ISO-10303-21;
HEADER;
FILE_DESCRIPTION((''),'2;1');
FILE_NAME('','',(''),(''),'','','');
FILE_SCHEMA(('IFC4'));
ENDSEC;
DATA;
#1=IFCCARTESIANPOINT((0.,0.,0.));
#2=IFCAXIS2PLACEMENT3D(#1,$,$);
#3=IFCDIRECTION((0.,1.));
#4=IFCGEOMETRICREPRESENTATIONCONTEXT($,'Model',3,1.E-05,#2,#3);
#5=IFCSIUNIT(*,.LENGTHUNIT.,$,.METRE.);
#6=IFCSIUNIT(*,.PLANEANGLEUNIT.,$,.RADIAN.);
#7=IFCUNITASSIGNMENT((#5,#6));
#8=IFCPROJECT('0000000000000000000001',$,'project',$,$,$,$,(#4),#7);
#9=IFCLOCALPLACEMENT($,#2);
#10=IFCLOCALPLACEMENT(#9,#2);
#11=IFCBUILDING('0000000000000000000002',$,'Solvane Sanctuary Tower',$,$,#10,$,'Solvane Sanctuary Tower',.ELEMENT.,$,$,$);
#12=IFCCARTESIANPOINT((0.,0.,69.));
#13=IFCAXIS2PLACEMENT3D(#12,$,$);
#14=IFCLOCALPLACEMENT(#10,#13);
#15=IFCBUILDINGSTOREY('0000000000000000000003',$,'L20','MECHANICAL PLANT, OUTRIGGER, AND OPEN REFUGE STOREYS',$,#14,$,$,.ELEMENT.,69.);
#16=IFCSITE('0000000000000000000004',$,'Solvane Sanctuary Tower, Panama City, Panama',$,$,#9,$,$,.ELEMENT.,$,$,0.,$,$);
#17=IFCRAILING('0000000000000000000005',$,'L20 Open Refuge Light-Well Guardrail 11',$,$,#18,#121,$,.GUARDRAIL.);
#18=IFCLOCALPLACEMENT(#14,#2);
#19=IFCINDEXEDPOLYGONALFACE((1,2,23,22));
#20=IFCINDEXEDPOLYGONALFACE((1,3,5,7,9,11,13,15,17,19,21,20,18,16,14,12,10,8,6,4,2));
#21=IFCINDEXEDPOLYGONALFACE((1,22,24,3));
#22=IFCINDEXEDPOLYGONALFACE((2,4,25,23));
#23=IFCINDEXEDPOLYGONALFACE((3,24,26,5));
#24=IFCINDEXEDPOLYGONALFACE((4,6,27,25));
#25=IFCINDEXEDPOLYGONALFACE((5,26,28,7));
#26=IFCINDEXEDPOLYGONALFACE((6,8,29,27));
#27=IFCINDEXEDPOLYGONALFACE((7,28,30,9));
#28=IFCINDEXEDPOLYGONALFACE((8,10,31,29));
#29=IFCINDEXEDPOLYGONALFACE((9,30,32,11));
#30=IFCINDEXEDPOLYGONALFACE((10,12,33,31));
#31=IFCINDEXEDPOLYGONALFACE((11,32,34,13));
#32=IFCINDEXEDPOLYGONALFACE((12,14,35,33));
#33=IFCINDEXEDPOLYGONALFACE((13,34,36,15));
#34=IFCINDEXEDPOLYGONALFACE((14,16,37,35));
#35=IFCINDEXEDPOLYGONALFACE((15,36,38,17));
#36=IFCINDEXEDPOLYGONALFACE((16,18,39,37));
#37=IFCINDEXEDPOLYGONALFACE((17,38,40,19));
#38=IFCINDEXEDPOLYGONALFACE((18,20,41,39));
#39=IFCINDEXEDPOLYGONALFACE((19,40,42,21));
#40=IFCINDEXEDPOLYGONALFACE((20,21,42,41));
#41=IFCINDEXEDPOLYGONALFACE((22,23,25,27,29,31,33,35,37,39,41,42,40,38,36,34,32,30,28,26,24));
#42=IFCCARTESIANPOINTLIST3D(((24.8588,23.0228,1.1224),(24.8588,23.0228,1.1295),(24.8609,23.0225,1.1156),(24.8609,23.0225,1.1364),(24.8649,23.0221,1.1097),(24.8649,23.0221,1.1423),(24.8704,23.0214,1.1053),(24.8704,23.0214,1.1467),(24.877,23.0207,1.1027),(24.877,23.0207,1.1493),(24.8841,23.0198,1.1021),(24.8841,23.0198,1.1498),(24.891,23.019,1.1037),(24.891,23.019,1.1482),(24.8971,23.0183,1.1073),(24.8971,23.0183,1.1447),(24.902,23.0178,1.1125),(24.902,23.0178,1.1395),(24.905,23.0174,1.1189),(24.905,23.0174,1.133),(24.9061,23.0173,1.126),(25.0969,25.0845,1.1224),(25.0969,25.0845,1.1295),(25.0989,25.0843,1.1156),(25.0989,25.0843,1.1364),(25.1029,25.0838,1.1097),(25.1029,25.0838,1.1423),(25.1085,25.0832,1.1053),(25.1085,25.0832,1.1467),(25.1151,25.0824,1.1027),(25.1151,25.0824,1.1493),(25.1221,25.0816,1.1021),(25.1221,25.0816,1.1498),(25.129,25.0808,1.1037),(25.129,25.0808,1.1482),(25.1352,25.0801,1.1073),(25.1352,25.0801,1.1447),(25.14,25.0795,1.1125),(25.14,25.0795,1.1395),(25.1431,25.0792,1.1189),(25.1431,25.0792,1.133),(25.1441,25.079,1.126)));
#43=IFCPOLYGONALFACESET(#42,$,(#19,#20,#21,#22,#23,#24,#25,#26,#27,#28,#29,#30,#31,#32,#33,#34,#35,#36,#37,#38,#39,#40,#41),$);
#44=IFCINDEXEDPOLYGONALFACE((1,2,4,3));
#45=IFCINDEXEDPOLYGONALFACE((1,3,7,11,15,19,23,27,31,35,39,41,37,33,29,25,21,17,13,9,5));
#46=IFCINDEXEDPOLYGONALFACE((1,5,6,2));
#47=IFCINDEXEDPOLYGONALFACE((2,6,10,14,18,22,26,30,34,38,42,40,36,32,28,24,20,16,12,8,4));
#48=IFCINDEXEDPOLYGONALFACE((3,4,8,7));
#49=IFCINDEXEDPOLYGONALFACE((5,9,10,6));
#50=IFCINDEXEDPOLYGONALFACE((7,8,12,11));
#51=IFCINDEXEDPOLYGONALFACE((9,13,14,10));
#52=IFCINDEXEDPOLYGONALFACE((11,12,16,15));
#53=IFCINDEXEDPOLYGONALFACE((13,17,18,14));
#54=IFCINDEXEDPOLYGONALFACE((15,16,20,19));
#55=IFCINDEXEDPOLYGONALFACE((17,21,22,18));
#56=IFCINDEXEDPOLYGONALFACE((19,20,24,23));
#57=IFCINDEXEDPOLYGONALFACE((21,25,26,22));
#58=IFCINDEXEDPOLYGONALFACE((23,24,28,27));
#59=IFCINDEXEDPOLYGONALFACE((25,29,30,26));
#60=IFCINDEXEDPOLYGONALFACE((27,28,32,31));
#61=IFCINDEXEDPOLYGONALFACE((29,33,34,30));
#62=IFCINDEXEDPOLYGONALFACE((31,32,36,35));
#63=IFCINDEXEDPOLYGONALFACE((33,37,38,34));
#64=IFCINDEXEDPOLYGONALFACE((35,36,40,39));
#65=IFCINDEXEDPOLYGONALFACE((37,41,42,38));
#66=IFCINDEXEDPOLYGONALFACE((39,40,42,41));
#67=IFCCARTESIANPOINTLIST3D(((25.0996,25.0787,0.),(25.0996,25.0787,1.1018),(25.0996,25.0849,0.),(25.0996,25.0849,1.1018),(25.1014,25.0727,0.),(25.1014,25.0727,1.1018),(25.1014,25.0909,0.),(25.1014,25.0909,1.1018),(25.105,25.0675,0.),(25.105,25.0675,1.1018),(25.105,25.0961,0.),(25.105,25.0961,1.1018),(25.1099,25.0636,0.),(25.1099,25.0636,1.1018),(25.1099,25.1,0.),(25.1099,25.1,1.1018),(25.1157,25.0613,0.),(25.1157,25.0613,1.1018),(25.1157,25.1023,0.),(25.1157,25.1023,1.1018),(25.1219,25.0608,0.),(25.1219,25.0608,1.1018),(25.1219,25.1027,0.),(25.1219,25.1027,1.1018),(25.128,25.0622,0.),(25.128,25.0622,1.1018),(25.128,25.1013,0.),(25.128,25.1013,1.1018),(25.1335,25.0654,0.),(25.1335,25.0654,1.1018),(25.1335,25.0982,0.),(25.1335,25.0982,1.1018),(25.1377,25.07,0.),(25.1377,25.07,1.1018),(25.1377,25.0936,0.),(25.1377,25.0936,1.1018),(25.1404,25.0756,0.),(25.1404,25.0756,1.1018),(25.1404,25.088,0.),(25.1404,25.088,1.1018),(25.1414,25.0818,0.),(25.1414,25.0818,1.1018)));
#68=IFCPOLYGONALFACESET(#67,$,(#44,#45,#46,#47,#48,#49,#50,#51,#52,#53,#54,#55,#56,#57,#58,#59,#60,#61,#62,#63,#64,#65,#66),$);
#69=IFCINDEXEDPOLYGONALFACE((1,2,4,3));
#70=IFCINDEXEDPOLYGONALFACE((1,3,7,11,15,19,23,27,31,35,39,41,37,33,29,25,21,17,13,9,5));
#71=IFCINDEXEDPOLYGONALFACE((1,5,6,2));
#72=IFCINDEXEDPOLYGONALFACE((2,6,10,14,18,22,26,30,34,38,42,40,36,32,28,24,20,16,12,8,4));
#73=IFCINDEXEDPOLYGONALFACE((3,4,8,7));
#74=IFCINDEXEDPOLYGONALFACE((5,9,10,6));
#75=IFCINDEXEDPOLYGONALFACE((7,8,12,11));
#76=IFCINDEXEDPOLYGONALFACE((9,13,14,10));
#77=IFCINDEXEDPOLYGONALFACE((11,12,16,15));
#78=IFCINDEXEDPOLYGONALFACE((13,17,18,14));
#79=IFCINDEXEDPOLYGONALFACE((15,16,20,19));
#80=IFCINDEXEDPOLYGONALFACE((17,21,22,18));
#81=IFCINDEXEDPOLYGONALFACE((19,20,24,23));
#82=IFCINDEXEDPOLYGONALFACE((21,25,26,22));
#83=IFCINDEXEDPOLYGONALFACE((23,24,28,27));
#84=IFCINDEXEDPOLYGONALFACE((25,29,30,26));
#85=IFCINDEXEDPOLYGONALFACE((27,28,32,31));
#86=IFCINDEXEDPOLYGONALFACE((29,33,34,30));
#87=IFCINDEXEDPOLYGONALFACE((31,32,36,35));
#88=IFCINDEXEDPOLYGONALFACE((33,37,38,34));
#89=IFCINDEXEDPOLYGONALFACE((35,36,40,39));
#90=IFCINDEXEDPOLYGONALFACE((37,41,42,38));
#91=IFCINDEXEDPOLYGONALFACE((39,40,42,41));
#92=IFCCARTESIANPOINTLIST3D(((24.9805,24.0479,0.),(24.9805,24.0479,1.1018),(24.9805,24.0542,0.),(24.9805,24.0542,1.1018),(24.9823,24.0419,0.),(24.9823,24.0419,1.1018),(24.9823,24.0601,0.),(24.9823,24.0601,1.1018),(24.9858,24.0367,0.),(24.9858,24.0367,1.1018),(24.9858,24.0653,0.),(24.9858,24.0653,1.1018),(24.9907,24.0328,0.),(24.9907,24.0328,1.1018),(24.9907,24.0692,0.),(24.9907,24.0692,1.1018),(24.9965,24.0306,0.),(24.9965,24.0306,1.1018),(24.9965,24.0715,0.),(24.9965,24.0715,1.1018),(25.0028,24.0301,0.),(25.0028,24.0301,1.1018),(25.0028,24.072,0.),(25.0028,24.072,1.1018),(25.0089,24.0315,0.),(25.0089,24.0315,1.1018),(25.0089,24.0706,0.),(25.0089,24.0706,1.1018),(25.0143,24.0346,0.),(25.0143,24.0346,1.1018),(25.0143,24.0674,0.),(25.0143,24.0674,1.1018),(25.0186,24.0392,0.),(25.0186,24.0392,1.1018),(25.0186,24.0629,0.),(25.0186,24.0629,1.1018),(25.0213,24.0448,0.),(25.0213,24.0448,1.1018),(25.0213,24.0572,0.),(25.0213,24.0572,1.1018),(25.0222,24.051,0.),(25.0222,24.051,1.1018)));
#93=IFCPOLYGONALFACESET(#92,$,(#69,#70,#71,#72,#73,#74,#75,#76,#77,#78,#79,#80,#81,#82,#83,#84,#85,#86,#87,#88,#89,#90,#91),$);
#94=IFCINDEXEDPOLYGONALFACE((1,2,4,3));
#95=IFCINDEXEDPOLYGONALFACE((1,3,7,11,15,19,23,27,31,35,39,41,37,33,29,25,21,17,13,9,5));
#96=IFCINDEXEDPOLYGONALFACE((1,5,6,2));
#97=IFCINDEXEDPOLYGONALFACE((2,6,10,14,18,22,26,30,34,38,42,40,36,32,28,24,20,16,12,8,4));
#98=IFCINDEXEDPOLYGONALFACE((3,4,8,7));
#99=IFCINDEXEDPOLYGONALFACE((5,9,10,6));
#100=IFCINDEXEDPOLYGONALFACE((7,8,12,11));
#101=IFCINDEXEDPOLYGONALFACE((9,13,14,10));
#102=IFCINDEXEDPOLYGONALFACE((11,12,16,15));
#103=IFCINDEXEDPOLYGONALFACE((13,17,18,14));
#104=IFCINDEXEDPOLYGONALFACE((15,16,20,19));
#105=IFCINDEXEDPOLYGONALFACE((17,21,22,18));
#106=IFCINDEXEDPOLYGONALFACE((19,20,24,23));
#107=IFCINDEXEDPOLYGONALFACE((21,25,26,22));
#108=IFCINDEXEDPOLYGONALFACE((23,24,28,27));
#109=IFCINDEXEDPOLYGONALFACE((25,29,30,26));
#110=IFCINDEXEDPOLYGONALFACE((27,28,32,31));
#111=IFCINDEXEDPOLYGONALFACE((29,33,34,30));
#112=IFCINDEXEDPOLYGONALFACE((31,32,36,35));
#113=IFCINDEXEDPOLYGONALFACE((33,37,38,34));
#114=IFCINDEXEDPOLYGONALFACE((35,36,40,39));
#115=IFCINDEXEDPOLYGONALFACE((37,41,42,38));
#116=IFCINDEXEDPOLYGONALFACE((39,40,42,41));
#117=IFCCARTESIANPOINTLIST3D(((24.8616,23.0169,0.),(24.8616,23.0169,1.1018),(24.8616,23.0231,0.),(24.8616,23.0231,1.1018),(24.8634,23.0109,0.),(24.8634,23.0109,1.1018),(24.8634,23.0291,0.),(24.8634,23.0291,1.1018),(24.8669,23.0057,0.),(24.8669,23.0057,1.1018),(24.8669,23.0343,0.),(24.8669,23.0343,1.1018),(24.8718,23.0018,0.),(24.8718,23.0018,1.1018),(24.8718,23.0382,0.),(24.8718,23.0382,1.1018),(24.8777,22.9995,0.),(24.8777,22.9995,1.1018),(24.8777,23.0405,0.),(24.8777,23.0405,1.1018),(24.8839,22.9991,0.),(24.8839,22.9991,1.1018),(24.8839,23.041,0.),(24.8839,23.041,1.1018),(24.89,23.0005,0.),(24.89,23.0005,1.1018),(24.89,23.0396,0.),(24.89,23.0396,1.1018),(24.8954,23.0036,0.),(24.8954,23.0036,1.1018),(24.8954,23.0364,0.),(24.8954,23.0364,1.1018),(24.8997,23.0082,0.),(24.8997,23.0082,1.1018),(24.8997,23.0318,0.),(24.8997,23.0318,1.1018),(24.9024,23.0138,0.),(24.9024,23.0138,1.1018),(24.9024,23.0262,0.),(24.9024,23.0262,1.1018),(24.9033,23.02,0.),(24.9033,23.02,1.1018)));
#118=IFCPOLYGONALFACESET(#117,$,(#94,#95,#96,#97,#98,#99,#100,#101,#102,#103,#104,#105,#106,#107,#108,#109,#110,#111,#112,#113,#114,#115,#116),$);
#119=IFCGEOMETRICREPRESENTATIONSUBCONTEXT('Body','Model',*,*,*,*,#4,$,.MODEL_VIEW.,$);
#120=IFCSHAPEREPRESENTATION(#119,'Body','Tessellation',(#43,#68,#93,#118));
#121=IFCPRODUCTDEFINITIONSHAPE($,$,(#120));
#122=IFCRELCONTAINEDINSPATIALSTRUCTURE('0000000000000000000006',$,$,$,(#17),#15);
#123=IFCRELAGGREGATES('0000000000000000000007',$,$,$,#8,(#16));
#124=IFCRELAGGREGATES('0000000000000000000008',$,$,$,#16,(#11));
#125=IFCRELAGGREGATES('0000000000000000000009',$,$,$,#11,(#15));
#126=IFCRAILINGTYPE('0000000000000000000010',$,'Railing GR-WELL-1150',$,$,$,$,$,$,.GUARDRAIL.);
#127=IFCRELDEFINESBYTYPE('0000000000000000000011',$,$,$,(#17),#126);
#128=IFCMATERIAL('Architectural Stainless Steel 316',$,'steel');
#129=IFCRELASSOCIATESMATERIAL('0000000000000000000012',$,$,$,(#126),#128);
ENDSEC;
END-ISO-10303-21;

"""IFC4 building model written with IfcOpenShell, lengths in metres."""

from ifc_helpers import new_model, si_unit, direction, frame, origin, origin_2d, place, context, subcontext, project, spatial, circle, extrude, material, type_object, element, save


model = new_model("IFC4")

# Units and contexts
model_context = context("Model", 3, precision=1e-05, world=origin(), true_north=direction((0.0, 1.0)))
body_context = subcontext(model_context, "Body", "Model", "MODEL_VIEW")
ifc_project = project(units=[si_unit("LENGTHUNIT", "METRE"), si_unit("PLANEANGLEUNIT", "RADIAN")], contexts=[model_context])

# Site, building, storey
site_placement = place(None, origin())
site = spatial("IfcSite", under=ifc_project, at=site_placement, Name="Solvane Sanctuary Tower, Panama City, Panama", CompositionType="ELEMENT", RefElevation=0.0)
building_placement = place(site_placement, origin())
building = spatial("IfcBuilding", under=site, at=building_placement, Name="Solvane Sanctuary Tower", LongName="Solvane Sanctuary Tower", CompositionType="ELEMENT")
storey_placement = place(building_placement, frame((0.0, 0.0, 69.0)))
storey = spatial("IfcBuildingStorey", under=building, at=storey_placement, Name="L20", Description="MECHANICAL PLANT, OUTRIGGER, AND OPEN REFUGE STOREYS", CompositionType="ELEMENT", Elevation=69.0)

# Shared definitions
ifc_material_1 = material(Name="Architectural Stainless Steel 316", Category="steel")

# Railing
railing_type_1 = type_object("IfcRailingType", Name="Railing GR-WELL-1150", PredefinedType="GUARDRAIL", material=ifc_material_1)
railing_1_placement = place(storey_placement, frame((25.1204, 25.0818, 0.0)))
element("IfcRailing", 1, at=railing_1_placement, inside=storey, type_object=railing_type_1, Name="L20 Open Refuge Light-Well Guardrail 11", PredefinedType="GUARDRAIL", context=body_context, shape_type="SweptSolid", body=[
    extrude(circle(Radius=0.0239, at=origin_2d()), frame((0.0, 0.0, 1.126), z_axis=(-0.114691, -0.993401, 0.0), x_axis=(0.993401, -0.114691, 0.0)), (0.0, 0.0, 1.0), 2.0754),
    extrude(circle(Radius=0.021, at=origin_2d()), origin(), (0.0, 0.0, 1.0), 1.1018),
    extrude(circle(Radius=0.021, at=origin_2d()), frame((-0.1191, -1.0308, 0.0)), (0.0, 0.0, 1.0), 1.1018),
    extrude(circle(Radius=0.021, at=origin_2d()), frame((-0.238, -2.0618, 0.0)), (0.0, 0.0, 1.0), 1.1018),
])

save(model, "model.ifc")
